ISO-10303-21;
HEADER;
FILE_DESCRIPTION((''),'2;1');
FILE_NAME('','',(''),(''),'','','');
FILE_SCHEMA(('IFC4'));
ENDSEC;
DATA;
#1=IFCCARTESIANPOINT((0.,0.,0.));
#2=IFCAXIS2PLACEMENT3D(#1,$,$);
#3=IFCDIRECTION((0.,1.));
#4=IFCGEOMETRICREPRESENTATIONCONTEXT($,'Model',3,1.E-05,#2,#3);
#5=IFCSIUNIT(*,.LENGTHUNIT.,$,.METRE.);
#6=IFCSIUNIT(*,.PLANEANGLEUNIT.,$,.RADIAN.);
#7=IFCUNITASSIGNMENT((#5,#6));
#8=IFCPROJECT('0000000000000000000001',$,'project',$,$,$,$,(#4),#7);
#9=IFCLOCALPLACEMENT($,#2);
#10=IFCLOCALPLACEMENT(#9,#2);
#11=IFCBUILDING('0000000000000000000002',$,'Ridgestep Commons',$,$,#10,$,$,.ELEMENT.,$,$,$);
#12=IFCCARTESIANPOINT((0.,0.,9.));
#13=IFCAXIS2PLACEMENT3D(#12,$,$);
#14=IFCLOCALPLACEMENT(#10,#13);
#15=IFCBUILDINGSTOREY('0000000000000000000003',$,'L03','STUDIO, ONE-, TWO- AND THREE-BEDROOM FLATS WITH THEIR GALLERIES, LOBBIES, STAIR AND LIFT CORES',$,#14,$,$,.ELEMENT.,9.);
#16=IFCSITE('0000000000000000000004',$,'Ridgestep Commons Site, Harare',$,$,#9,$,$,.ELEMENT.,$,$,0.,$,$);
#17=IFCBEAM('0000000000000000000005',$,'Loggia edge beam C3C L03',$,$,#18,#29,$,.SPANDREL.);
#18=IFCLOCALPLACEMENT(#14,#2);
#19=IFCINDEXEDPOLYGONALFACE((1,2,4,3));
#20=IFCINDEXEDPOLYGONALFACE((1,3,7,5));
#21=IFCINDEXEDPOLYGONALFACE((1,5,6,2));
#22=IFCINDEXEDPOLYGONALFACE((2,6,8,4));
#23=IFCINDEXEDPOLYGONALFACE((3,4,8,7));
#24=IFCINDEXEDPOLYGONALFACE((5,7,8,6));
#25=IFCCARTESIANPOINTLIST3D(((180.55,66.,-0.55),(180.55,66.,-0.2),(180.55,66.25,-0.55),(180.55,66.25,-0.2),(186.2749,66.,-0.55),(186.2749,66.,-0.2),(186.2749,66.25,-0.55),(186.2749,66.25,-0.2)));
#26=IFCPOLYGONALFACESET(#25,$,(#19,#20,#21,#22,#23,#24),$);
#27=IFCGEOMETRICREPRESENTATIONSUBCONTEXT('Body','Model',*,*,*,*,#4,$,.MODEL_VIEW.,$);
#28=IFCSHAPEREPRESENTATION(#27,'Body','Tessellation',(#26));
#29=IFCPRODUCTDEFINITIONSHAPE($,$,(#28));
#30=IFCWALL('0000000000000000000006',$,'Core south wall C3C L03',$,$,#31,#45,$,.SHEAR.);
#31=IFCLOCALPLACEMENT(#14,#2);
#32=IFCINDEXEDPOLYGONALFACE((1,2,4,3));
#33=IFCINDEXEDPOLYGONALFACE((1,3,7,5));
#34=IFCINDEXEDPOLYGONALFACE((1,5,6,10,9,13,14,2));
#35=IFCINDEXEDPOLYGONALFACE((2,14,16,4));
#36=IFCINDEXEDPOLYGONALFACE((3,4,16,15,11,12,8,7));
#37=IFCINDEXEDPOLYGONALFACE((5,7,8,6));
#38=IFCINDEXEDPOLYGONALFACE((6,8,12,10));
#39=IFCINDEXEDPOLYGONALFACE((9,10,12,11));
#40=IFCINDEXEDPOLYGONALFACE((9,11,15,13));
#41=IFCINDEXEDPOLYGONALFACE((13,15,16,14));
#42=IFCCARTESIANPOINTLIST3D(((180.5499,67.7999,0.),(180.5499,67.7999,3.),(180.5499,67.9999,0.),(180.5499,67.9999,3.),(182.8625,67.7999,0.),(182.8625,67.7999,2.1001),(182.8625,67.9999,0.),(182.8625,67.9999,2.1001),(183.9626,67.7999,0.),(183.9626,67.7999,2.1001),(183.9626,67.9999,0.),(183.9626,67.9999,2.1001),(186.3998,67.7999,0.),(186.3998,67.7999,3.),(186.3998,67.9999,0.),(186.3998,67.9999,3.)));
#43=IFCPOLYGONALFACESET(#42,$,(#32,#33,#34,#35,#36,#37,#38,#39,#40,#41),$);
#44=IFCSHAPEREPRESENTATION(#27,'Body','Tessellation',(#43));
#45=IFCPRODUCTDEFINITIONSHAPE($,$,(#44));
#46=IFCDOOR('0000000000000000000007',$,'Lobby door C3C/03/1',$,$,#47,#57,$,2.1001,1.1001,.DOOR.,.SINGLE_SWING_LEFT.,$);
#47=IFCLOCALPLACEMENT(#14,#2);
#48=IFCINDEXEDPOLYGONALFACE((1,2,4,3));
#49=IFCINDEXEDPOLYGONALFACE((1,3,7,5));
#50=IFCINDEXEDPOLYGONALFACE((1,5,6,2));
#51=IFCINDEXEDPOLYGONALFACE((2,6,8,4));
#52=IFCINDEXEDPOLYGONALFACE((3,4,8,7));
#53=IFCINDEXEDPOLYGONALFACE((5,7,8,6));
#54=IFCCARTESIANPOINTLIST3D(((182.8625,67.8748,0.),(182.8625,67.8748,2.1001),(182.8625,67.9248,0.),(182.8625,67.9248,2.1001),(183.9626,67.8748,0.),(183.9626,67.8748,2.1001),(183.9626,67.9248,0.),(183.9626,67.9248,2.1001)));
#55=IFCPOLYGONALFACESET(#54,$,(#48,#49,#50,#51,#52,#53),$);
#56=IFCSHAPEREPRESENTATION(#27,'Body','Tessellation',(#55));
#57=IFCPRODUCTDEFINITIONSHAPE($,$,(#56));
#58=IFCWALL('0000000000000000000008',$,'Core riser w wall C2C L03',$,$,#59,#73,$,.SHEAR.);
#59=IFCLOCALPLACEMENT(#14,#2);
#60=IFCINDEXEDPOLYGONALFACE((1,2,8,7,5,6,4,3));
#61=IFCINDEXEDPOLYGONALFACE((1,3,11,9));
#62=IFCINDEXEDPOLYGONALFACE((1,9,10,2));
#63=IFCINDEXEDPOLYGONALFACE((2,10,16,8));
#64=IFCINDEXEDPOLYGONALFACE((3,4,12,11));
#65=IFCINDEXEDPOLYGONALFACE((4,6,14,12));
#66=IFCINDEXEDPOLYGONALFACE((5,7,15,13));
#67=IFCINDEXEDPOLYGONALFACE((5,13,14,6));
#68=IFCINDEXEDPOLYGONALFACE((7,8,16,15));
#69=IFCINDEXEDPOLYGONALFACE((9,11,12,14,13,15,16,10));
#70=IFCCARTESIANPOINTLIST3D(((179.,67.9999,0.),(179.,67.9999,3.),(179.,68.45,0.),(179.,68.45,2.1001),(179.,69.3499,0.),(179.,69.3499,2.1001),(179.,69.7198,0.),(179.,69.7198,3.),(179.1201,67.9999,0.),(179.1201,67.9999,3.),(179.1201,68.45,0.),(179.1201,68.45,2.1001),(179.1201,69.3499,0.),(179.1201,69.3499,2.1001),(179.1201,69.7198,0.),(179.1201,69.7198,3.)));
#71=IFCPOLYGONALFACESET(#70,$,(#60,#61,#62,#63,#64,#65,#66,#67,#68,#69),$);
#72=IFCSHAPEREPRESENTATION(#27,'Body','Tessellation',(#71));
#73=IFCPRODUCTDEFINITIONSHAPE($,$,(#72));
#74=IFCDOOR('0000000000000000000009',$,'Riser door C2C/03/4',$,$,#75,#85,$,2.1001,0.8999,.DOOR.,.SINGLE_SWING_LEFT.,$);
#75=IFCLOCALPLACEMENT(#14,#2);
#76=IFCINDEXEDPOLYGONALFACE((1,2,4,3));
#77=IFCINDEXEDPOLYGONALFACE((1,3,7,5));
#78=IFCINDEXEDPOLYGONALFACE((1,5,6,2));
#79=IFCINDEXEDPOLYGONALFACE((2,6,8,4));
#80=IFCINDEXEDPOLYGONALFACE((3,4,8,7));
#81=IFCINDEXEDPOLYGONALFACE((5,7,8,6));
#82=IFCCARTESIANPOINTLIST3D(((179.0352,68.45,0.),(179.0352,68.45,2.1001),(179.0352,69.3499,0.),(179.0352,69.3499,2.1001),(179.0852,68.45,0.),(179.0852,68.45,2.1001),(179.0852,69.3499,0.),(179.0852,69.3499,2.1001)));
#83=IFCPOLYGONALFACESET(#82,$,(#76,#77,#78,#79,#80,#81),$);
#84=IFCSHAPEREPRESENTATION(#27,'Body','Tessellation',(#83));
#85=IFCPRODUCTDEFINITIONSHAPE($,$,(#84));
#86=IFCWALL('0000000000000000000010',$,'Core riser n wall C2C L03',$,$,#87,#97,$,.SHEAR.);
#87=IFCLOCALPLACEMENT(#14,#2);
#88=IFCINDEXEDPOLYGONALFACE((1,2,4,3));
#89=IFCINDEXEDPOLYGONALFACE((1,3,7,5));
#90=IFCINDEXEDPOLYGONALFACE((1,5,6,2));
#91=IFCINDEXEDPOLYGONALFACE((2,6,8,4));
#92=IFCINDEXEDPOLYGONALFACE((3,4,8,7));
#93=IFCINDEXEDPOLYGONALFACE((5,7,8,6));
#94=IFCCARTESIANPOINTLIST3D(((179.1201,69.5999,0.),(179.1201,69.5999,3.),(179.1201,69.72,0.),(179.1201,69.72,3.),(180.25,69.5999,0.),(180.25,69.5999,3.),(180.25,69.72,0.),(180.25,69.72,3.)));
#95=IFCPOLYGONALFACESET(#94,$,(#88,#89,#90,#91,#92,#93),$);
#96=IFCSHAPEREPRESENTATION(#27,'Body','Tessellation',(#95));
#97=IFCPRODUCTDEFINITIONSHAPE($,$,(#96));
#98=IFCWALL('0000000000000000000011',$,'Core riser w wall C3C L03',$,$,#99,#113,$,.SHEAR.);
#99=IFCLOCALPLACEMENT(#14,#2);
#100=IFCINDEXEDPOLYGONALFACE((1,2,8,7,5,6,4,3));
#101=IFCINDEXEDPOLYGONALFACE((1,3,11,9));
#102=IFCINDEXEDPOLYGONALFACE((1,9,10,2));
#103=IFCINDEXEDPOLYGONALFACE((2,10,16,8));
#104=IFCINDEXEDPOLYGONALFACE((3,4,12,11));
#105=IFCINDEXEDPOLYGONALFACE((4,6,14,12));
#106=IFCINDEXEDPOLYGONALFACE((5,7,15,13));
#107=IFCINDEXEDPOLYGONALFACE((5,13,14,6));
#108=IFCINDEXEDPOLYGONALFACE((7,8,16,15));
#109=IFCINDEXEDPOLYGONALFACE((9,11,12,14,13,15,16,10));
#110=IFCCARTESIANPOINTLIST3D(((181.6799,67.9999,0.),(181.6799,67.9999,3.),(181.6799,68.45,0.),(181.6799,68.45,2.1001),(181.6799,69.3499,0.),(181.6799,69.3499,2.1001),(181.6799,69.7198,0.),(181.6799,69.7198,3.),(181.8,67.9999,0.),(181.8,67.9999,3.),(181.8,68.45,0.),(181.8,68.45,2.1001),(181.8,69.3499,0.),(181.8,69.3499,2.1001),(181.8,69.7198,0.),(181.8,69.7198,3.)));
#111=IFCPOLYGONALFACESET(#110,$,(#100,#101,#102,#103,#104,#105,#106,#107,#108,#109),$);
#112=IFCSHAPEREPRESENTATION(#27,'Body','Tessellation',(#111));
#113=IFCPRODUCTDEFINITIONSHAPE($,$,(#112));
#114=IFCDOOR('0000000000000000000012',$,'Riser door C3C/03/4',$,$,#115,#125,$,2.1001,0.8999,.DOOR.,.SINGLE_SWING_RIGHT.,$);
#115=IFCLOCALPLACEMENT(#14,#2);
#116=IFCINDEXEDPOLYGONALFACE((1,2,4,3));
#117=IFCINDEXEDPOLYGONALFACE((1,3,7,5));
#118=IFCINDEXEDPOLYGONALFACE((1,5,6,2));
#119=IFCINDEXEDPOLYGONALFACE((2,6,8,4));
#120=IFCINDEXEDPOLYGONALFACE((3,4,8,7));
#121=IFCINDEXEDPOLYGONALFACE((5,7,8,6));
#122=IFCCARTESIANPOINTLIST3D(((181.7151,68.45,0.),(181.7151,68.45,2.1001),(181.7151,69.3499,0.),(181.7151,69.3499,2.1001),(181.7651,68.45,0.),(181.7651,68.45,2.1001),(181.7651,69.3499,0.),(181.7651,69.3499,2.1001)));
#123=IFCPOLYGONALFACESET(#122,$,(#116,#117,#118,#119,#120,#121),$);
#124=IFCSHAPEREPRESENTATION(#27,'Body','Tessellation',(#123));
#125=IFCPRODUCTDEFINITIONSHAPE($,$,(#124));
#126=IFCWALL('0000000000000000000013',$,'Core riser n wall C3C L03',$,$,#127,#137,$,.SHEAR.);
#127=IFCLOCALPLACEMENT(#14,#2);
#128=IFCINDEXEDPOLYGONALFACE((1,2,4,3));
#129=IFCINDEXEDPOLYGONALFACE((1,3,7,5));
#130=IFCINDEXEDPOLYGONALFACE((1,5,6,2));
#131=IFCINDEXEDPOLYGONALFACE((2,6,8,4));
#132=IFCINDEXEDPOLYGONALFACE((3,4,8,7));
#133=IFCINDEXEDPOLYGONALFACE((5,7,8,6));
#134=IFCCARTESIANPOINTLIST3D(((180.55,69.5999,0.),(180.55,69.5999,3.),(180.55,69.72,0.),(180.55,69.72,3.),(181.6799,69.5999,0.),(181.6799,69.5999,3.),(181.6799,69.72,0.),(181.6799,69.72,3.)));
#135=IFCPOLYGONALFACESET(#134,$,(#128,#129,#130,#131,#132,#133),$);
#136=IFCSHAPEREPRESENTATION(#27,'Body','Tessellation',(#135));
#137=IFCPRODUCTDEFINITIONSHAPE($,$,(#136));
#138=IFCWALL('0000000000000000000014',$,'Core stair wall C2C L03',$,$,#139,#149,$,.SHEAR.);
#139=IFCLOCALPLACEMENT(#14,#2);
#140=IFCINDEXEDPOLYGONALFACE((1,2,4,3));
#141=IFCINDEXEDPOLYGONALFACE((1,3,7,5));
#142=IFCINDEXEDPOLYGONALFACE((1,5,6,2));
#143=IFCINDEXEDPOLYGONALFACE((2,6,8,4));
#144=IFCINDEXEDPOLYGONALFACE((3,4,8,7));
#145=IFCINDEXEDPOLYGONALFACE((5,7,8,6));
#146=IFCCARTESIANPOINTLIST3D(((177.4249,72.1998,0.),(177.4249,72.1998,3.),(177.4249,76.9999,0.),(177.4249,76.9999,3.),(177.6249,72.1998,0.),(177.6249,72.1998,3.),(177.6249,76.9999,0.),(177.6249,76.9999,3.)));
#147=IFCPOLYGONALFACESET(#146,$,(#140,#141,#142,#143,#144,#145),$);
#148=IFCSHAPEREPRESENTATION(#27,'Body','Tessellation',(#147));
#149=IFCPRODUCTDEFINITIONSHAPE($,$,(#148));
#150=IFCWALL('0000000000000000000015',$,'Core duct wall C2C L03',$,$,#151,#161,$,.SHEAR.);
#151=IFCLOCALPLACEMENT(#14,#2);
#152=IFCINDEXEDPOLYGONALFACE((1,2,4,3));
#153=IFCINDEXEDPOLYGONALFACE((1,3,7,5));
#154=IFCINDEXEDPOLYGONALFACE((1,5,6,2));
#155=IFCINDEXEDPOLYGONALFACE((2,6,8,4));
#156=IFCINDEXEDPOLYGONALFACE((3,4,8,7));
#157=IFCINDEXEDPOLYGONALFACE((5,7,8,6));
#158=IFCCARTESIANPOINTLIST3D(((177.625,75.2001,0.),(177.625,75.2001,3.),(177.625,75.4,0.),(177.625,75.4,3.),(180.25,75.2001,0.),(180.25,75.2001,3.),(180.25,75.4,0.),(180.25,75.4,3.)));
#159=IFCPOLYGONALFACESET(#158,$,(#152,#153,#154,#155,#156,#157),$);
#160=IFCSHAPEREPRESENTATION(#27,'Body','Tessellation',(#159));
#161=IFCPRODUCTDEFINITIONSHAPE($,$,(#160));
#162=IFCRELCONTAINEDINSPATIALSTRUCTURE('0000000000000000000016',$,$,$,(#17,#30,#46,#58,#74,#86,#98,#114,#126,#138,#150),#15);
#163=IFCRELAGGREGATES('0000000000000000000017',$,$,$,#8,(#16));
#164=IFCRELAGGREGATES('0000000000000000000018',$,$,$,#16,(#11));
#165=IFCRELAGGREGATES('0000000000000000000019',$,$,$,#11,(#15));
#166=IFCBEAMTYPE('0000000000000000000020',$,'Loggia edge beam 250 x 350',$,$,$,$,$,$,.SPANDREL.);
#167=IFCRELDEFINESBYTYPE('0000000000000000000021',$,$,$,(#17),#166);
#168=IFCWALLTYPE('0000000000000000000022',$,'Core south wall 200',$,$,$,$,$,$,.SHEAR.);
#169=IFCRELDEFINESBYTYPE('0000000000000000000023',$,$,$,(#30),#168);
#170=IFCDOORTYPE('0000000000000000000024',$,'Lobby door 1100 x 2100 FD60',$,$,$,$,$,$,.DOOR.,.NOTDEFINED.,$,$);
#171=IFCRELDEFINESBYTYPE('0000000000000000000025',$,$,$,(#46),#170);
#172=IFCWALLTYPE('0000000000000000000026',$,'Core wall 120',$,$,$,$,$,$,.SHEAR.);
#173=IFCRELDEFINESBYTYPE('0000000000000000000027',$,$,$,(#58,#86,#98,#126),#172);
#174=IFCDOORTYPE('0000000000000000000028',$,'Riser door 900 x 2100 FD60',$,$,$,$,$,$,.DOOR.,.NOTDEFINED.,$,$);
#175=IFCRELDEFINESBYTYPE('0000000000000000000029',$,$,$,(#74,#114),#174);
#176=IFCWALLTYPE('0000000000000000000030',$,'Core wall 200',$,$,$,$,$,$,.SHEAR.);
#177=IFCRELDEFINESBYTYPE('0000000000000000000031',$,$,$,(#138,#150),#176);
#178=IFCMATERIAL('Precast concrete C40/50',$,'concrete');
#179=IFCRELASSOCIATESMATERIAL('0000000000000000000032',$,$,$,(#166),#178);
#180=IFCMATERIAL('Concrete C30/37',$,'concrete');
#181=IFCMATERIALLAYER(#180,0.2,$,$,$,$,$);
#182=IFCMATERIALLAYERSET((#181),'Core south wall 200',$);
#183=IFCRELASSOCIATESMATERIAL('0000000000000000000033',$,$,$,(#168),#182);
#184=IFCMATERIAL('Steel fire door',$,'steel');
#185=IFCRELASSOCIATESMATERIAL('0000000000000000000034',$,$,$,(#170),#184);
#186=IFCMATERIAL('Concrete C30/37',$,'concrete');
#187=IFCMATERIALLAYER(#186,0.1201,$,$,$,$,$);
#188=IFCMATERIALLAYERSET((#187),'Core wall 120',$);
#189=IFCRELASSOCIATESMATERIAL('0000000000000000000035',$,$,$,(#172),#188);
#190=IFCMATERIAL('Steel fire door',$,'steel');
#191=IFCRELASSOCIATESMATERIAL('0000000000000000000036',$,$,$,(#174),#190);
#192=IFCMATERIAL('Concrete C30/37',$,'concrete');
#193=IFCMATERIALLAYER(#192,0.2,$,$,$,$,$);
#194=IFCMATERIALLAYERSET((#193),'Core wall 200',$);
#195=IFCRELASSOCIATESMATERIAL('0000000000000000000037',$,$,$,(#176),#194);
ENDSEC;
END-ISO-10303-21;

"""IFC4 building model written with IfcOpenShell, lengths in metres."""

from ifc_helpers import new_model, si_unit, direction, frame, frame_2d, origin, origin_2d, place, context, subcontext, project, spatial, rectangle, extrude, material, layer, layer_set, material_profile, profile_set, type_object, element, fill, save


model = new_model("IFC4")

# Units and contexts
model_context = context("Model", 3, precision=1e-05, world=origin(), true_north=direction((0.0, 1.0)))
body_context = subcontext(model_context, "Body", "Model", "MODEL_VIEW")
ifc_project = project(units=[si_unit("LENGTHUNIT", "METRE"), si_unit("PLANEANGLEUNIT", "RADIAN")], contexts=[model_context])

# Site, building, storey
site_placement = place(None, origin())
site = spatial("IfcSite", under=ifc_project, at=site_placement, Name="Ridgestep Commons Site, Harare", CompositionType="ELEMENT", RefElevation=0.0)
building_placement = place(site_placement, origin())
building = spatial("IfcBuilding", under=site, at=building_placement, Name="Ridgestep Commons", CompositionType="ELEMENT")
storey_placement = place(building_placement, frame((0.0, 0.0, 9.0)))
storey = spatial("IfcBuildingStorey", under=building, at=storey_placement, Name="L03", Description="STUDIO, ONE-, TWO- AND THREE-BEDROOM FLATS WITH THEIR GALLERIES, LOBBIES, STAIR AND LIFT CORES", CompositionType="ELEMENT", Elevation=9.0)

# Beam
ifc_material_1 = material(Name="Precast concrete C40/50", Category="concrete")
ifc_material_profile = material_profile(ifc_material_1, rectangle(XDim=0.25, YDim=0.3501, at=origin_2d()), Name="PC 250x350")
ifc_profile_set = profile_set([ifc_material_profile], Name="Precast concrete C40/50")
beam_type = type_object("IfcBeamType", Name="Loggia edge beam 250 x 350", PredefinedType="SPANDREL", material=ifc_profile_set)
beam_placement = place(storey_placement, frame((180.55, 66.125, -0.375), z_axis=(1.0, 0.0, 0.0), x_axis=(0.0, 1.0, 0.0)))
element("IfcBeam", 1, at=beam_placement, inside=storey, type_object=beam_type, Name="Loggia edge beam C3C L03", PredefinedType="SPANDREL", context=body_context, shape_type="SweptSolid", body=[
    extrude(rectangle(XDim=0.25, YDim=0.3501, at=origin_2d()), origin(), (0.0, 0.0, 1.0), 5.7249),
])

# Walls, openings, doors
ifc_material_2 = material(Name="Concrete C30/37", Category="concrete")
ifc_layer_1 = layer(ifc_material_2, 0.2)
ifc_layer_set_1 = layer_set([ifc_layer_1], Name="Core south wall 200")
wall_type_1 = type_object("IfcWallType", Name="Core south wall 200", PredefinedType="SHEAR", material=ifc_layer_set_1)
wall_1_placement = place(storey_placement, frame((180.55, 67.8999, 0.0), z_axis=(0.0, 0.0, 1.0), x_axis=(1.0, 0.0, 0.0)))
wall_1 = element("IfcWall", 2, at=wall_1_placement, inside=storey, type_object=wall_type_1, Name="Core south wall C3C L03", PredefinedType="SHEAR", context=body_context, shape_type="SweptSolid", body=[
    extrude(rectangle(XDim=5.8499, YDim=0.2, at=frame_2d((2.9248, 0.0))), origin(), (0.0, 0.0, 1.0), 3.0),
])
opening_1_placement = place(wall_1_placement, frame((2.3125, 0.0, 0.0)))
opening_1 = element("IfcOpeningElement", 3, at=opening_1_placement, cuts=wall_1, PredefinedType="OPENING", context=body_context, shape_type="SweptSolid", body=[
    extrude(rectangle(XDim=1.1001, YDim=2.1001, at=frame_2d((0.55, 1.05))), frame((0.0, 0.1099, 0.0), z_axis=(0.0, -1.0, 0.0), x_axis=(1.0, 0.0, 0.0)), (0.0, 0.0, 1.0), 0.22),
])
ifc_material_3 = material(Name="Steel fire door", Category="steel")
door_type_1 = type_object("IfcDoorType", Name="Lobby door 1100 x 2100 FD60", OperationType="NOTDEFINED", PredefinedType="DOOR", material=ifc_material_3)
door_1_placement = place(opening_1_placement, origin())
door_1 = element("IfcDoor", 4, at=door_1_placement, inside=storey, type_object=door_type_1, Name="Lobby door C3C/03/1", OperationType="SINGLE_SWING_LEFT", OverallHeight=2.1001, OverallWidth=1.1001, PredefinedType="DOOR", context=body_context, shape_type="SweptSolid", body=[
    extrude(rectangle(XDim=1.1001, YDim=2.1001, at=frame_2d((0.55, 1.05))), frame((0.0, 0.0249, 0.0), z_axis=(0.0, -1.0, 0.0), x_axis=(1.0, 0.0, 0.0)), (0.0, 0.0, 1.0), 0.05),
])
fill(opening_1, door_1)
ifc_material_4 = material(Name="Concrete C30/37", Category="concrete")
ifc_layer_2 = layer(ifc_material_4, 0.1201)
ifc_layer_set_2 = layer_set([ifc_layer_2], Name="Core wall 120")
wall_type_2 = type_object("IfcWallType", Name="Core wall 120", PredefinedType="SHEAR", material=ifc_layer_set_2)
wall_2_placement = place(storey_placement, frame((179.0601, 68.0, 0.0), z_axis=(0.0, 0.0, 1.0), x_axis=(0.0, 1.0, 0.0)))
wall_2 = element("IfcWall", 5, at=wall_2_placement, inside=storey, type_object=wall_type_2, Name="Core riser w wall C2C L03", PredefinedType="SHEAR", context=body_context, shape_type="SweptSolid", body=[
    extrude(rectangle(XDim=1.72, YDim=0.1201, at=frame_2d((0.8599, 0.0))), origin(), (0.0, 0.0, 1.0), 3.0),
])
opening_2_placement = place(wall_2_placement, frame((0.45, 0.0, 0.0)))
opening_2 = element("IfcOpeningElement", 6, at=opening_2_placement, cuts=wall_2, PredefinedType="OPENING", context=body_context, shape_type="SweptSolid", body=[
    extrude(rectangle(XDim=0.8999, YDim=2.1001, at=frame_2d((0.45, 1.05))), frame((0.0, 0.0701, 0.0), z_axis=(0.0, -1.0, 0.0), x_axis=(1.0, 0.0, 0.0)), (0.0, 0.0, 1.0), 0.1401),
])
ifc_material_5 = material(Name="Steel fire door", Category="steel")
door_type_2 = type_object("IfcDoorType", Name="Riser door 900 x 2100 FD60", OperationType="NOTDEFINED", PredefinedType="DOOR", material=ifc_material_5)
door_2_placement = place(opening_2_placement, origin())
door_2 = element("IfcDoor", 7, at=door_2_placement, inside=storey, type_object=door_type_2, Name="Riser door C2C/03/4", OperationType="SINGLE_SWING_LEFT", OverallHeight=2.1001, OverallWidth=0.8999, PredefinedType="DOOR", context=body_context, shape_type="SweptSolid", body=[
    extrude(rectangle(XDim=0.8999, YDim=2.1001, at=frame_2d((0.45, 1.05))), frame((0.0, 0.0249, 0.0), z_axis=(0.0, -1.0, 0.0), x_axis=(1.0, 0.0, 0.0)), (0.0, 0.0, 1.0), 0.05),
])
fill(opening_2, door_2)

# Wall
wall_3_placement = place(storey_placement, frame((179.1201, 69.6599, 0.0), z_axis=(0.0, 0.0, 1.0), x_axis=(1.0, 0.0, 0.0)))
element("IfcWall", 8, at=wall_3_placement, inside=storey, type_object=wall_type_2, Name="Core riser n wall C2C L03", PredefinedType="SHEAR", context=body_context, shape_type="SweptSolid", body=[
    extrude(rectangle(XDim=1.1299, YDim=0.1201, at=frame_2d((0.5649, 0.0))), origin(), (0.0, 0.0, 1.0), 3.0),
])

# Wall, opening, door
wall_4_placement = place(storey_placement, frame((181.74, 68.0, 0.0), z_axis=(0.0, 0.0, 1.0), x_axis=(0.0, 1.0, 0.0)))
wall_4 = element("IfcWall", 9, at=wall_4_placement, inside=storey, type_object=wall_type_2, Name="Core riser w wall C3C L03", PredefinedType="SHEAR", context=body_context, shape_type="SweptSolid", body=[
    extrude(rectangle(XDim=1.72, YDim=0.1201, at=frame_2d((0.8599, 0.0))), origin(), (0.0, 0.0, 1.0), 3.0),
])
opening_3_placement = place(wall_4_placement, frame((0.45, 0.0, 0.0)))
opening_3 = element("IfcOpeningElement", 10, at=opening_3_placement, cuts=wall_4, PredefinedType="OPENING", context=body_context, shape_type="SweptSolid", body=[
    extrude(rectangle(XDim=0.8999, YDim=2.1001, at=frame_2d((0.45, 1.05))), frame((0.0, 0.0701, 0.0), z_axis=(0.0, -1.0, 0.0), x_axis=(1.0, 0.0, 0.0)), (0.0, 0.0, 1.0), 0.1401),
])
door_3_placement = place(opening_3_placement, origin())
door_3 = element("IfcDoor", 11, at=door_3_placement, inside=storey, type_object=door_type_2, Name="Riser door C3C/03/4", OperationType="SINGLE_SWING_RIGHT", OverallHeight=2.1001, OverallWidth=0.8999, PredefinedType="DOOR", context=body_context, shape_type="SweptSolid", body=[
    extrude(rectangle(XDim=0.8999, YDim=2.1001, at=frame_2d((0.45, 1.05))), frame((0.0, 0.0249, 0.0), z_axis=(0.0, -1.0, 0.0), x_axis=(1.0, 0.0, 0.0)), (0.0, 0.0, 1.0), 0.05),
])
fill(opening_3, door_3)

# Walls
wall_5_placement = place(storey_placement, frame((180.55, 69.6599, 0.0), z_axis=(0.0, 0.0, 1.0), x_axis=(1.0, 0.0, 0.0)))
element("IfcWall", 12, at=wall_5_placement, inside=storey, type_object=wall_type_2, Name="Core riser n wall C3C L03", PredefinedType="SHEAR", context=body_context, shape_type="SweptSolid", body=[
    extrude(rectangle(XDim=1.1299, YDim=0.1201, at=frame_2d((0.5649, 0.0))), origin(), (0.0, 0.0, 1.0), 3.0),
])
ifc_material_6 = material(Name="Concrete C30/37", Category="concrete")
ifc_layer_3 = layer(ifc_material_6, 0.2)
ifc_layer_set_3 = layer_set([ifc_layer_3], Name="Core wall 200")
wall_type_3 = type_object("IfcWallType", Name="Core wall 200", PredefinedType="SHEAR", material=ifc_layer_set_3)
wall_6_placement = place(storey_placement, frame((177.5249, 72.2, 0.0), z_axis=(0.0, 0.0, 1.0), x_axis=(0.0, 1.0, 0.0)))
element("IfcWall", 13, at=wall_6_placement, inside=storey, type_object=wall_type_3, Name="Core stair wall C2C L03", PredefinedType="SHEAR", context=body_context, shape_type="SweptSolid", body=[
    extrude(rectangle(XDim=4.8, YDim=0.2, at=frame_2d((2.3999, 0.0))), origin(), (0.0, 0.0, 1.0), 3.0),
])
wall_7_placement = place(storey_placement, frame((177.625, 75.3, 0.0), z_axis=(0.0, 0.0, 1.0), x_axis=(1.0, 0.0, 0.0)))
element("IfcWall", 14, at=wall_7_placement, inside=storey, type_object=wall_type_3, Name="Core duct wall C2C L03", PredefinedType="SHEAR", context=body_context, shape_type="SweptSolid", body=[
    extrude(rectangle(XDim=2.625, YDim=0.2, at=frame_2d((1.3125, 0.0))), origin(), (0.0, 0.0, 1.0), 3.0),
])

save(model, "model.ifc")
